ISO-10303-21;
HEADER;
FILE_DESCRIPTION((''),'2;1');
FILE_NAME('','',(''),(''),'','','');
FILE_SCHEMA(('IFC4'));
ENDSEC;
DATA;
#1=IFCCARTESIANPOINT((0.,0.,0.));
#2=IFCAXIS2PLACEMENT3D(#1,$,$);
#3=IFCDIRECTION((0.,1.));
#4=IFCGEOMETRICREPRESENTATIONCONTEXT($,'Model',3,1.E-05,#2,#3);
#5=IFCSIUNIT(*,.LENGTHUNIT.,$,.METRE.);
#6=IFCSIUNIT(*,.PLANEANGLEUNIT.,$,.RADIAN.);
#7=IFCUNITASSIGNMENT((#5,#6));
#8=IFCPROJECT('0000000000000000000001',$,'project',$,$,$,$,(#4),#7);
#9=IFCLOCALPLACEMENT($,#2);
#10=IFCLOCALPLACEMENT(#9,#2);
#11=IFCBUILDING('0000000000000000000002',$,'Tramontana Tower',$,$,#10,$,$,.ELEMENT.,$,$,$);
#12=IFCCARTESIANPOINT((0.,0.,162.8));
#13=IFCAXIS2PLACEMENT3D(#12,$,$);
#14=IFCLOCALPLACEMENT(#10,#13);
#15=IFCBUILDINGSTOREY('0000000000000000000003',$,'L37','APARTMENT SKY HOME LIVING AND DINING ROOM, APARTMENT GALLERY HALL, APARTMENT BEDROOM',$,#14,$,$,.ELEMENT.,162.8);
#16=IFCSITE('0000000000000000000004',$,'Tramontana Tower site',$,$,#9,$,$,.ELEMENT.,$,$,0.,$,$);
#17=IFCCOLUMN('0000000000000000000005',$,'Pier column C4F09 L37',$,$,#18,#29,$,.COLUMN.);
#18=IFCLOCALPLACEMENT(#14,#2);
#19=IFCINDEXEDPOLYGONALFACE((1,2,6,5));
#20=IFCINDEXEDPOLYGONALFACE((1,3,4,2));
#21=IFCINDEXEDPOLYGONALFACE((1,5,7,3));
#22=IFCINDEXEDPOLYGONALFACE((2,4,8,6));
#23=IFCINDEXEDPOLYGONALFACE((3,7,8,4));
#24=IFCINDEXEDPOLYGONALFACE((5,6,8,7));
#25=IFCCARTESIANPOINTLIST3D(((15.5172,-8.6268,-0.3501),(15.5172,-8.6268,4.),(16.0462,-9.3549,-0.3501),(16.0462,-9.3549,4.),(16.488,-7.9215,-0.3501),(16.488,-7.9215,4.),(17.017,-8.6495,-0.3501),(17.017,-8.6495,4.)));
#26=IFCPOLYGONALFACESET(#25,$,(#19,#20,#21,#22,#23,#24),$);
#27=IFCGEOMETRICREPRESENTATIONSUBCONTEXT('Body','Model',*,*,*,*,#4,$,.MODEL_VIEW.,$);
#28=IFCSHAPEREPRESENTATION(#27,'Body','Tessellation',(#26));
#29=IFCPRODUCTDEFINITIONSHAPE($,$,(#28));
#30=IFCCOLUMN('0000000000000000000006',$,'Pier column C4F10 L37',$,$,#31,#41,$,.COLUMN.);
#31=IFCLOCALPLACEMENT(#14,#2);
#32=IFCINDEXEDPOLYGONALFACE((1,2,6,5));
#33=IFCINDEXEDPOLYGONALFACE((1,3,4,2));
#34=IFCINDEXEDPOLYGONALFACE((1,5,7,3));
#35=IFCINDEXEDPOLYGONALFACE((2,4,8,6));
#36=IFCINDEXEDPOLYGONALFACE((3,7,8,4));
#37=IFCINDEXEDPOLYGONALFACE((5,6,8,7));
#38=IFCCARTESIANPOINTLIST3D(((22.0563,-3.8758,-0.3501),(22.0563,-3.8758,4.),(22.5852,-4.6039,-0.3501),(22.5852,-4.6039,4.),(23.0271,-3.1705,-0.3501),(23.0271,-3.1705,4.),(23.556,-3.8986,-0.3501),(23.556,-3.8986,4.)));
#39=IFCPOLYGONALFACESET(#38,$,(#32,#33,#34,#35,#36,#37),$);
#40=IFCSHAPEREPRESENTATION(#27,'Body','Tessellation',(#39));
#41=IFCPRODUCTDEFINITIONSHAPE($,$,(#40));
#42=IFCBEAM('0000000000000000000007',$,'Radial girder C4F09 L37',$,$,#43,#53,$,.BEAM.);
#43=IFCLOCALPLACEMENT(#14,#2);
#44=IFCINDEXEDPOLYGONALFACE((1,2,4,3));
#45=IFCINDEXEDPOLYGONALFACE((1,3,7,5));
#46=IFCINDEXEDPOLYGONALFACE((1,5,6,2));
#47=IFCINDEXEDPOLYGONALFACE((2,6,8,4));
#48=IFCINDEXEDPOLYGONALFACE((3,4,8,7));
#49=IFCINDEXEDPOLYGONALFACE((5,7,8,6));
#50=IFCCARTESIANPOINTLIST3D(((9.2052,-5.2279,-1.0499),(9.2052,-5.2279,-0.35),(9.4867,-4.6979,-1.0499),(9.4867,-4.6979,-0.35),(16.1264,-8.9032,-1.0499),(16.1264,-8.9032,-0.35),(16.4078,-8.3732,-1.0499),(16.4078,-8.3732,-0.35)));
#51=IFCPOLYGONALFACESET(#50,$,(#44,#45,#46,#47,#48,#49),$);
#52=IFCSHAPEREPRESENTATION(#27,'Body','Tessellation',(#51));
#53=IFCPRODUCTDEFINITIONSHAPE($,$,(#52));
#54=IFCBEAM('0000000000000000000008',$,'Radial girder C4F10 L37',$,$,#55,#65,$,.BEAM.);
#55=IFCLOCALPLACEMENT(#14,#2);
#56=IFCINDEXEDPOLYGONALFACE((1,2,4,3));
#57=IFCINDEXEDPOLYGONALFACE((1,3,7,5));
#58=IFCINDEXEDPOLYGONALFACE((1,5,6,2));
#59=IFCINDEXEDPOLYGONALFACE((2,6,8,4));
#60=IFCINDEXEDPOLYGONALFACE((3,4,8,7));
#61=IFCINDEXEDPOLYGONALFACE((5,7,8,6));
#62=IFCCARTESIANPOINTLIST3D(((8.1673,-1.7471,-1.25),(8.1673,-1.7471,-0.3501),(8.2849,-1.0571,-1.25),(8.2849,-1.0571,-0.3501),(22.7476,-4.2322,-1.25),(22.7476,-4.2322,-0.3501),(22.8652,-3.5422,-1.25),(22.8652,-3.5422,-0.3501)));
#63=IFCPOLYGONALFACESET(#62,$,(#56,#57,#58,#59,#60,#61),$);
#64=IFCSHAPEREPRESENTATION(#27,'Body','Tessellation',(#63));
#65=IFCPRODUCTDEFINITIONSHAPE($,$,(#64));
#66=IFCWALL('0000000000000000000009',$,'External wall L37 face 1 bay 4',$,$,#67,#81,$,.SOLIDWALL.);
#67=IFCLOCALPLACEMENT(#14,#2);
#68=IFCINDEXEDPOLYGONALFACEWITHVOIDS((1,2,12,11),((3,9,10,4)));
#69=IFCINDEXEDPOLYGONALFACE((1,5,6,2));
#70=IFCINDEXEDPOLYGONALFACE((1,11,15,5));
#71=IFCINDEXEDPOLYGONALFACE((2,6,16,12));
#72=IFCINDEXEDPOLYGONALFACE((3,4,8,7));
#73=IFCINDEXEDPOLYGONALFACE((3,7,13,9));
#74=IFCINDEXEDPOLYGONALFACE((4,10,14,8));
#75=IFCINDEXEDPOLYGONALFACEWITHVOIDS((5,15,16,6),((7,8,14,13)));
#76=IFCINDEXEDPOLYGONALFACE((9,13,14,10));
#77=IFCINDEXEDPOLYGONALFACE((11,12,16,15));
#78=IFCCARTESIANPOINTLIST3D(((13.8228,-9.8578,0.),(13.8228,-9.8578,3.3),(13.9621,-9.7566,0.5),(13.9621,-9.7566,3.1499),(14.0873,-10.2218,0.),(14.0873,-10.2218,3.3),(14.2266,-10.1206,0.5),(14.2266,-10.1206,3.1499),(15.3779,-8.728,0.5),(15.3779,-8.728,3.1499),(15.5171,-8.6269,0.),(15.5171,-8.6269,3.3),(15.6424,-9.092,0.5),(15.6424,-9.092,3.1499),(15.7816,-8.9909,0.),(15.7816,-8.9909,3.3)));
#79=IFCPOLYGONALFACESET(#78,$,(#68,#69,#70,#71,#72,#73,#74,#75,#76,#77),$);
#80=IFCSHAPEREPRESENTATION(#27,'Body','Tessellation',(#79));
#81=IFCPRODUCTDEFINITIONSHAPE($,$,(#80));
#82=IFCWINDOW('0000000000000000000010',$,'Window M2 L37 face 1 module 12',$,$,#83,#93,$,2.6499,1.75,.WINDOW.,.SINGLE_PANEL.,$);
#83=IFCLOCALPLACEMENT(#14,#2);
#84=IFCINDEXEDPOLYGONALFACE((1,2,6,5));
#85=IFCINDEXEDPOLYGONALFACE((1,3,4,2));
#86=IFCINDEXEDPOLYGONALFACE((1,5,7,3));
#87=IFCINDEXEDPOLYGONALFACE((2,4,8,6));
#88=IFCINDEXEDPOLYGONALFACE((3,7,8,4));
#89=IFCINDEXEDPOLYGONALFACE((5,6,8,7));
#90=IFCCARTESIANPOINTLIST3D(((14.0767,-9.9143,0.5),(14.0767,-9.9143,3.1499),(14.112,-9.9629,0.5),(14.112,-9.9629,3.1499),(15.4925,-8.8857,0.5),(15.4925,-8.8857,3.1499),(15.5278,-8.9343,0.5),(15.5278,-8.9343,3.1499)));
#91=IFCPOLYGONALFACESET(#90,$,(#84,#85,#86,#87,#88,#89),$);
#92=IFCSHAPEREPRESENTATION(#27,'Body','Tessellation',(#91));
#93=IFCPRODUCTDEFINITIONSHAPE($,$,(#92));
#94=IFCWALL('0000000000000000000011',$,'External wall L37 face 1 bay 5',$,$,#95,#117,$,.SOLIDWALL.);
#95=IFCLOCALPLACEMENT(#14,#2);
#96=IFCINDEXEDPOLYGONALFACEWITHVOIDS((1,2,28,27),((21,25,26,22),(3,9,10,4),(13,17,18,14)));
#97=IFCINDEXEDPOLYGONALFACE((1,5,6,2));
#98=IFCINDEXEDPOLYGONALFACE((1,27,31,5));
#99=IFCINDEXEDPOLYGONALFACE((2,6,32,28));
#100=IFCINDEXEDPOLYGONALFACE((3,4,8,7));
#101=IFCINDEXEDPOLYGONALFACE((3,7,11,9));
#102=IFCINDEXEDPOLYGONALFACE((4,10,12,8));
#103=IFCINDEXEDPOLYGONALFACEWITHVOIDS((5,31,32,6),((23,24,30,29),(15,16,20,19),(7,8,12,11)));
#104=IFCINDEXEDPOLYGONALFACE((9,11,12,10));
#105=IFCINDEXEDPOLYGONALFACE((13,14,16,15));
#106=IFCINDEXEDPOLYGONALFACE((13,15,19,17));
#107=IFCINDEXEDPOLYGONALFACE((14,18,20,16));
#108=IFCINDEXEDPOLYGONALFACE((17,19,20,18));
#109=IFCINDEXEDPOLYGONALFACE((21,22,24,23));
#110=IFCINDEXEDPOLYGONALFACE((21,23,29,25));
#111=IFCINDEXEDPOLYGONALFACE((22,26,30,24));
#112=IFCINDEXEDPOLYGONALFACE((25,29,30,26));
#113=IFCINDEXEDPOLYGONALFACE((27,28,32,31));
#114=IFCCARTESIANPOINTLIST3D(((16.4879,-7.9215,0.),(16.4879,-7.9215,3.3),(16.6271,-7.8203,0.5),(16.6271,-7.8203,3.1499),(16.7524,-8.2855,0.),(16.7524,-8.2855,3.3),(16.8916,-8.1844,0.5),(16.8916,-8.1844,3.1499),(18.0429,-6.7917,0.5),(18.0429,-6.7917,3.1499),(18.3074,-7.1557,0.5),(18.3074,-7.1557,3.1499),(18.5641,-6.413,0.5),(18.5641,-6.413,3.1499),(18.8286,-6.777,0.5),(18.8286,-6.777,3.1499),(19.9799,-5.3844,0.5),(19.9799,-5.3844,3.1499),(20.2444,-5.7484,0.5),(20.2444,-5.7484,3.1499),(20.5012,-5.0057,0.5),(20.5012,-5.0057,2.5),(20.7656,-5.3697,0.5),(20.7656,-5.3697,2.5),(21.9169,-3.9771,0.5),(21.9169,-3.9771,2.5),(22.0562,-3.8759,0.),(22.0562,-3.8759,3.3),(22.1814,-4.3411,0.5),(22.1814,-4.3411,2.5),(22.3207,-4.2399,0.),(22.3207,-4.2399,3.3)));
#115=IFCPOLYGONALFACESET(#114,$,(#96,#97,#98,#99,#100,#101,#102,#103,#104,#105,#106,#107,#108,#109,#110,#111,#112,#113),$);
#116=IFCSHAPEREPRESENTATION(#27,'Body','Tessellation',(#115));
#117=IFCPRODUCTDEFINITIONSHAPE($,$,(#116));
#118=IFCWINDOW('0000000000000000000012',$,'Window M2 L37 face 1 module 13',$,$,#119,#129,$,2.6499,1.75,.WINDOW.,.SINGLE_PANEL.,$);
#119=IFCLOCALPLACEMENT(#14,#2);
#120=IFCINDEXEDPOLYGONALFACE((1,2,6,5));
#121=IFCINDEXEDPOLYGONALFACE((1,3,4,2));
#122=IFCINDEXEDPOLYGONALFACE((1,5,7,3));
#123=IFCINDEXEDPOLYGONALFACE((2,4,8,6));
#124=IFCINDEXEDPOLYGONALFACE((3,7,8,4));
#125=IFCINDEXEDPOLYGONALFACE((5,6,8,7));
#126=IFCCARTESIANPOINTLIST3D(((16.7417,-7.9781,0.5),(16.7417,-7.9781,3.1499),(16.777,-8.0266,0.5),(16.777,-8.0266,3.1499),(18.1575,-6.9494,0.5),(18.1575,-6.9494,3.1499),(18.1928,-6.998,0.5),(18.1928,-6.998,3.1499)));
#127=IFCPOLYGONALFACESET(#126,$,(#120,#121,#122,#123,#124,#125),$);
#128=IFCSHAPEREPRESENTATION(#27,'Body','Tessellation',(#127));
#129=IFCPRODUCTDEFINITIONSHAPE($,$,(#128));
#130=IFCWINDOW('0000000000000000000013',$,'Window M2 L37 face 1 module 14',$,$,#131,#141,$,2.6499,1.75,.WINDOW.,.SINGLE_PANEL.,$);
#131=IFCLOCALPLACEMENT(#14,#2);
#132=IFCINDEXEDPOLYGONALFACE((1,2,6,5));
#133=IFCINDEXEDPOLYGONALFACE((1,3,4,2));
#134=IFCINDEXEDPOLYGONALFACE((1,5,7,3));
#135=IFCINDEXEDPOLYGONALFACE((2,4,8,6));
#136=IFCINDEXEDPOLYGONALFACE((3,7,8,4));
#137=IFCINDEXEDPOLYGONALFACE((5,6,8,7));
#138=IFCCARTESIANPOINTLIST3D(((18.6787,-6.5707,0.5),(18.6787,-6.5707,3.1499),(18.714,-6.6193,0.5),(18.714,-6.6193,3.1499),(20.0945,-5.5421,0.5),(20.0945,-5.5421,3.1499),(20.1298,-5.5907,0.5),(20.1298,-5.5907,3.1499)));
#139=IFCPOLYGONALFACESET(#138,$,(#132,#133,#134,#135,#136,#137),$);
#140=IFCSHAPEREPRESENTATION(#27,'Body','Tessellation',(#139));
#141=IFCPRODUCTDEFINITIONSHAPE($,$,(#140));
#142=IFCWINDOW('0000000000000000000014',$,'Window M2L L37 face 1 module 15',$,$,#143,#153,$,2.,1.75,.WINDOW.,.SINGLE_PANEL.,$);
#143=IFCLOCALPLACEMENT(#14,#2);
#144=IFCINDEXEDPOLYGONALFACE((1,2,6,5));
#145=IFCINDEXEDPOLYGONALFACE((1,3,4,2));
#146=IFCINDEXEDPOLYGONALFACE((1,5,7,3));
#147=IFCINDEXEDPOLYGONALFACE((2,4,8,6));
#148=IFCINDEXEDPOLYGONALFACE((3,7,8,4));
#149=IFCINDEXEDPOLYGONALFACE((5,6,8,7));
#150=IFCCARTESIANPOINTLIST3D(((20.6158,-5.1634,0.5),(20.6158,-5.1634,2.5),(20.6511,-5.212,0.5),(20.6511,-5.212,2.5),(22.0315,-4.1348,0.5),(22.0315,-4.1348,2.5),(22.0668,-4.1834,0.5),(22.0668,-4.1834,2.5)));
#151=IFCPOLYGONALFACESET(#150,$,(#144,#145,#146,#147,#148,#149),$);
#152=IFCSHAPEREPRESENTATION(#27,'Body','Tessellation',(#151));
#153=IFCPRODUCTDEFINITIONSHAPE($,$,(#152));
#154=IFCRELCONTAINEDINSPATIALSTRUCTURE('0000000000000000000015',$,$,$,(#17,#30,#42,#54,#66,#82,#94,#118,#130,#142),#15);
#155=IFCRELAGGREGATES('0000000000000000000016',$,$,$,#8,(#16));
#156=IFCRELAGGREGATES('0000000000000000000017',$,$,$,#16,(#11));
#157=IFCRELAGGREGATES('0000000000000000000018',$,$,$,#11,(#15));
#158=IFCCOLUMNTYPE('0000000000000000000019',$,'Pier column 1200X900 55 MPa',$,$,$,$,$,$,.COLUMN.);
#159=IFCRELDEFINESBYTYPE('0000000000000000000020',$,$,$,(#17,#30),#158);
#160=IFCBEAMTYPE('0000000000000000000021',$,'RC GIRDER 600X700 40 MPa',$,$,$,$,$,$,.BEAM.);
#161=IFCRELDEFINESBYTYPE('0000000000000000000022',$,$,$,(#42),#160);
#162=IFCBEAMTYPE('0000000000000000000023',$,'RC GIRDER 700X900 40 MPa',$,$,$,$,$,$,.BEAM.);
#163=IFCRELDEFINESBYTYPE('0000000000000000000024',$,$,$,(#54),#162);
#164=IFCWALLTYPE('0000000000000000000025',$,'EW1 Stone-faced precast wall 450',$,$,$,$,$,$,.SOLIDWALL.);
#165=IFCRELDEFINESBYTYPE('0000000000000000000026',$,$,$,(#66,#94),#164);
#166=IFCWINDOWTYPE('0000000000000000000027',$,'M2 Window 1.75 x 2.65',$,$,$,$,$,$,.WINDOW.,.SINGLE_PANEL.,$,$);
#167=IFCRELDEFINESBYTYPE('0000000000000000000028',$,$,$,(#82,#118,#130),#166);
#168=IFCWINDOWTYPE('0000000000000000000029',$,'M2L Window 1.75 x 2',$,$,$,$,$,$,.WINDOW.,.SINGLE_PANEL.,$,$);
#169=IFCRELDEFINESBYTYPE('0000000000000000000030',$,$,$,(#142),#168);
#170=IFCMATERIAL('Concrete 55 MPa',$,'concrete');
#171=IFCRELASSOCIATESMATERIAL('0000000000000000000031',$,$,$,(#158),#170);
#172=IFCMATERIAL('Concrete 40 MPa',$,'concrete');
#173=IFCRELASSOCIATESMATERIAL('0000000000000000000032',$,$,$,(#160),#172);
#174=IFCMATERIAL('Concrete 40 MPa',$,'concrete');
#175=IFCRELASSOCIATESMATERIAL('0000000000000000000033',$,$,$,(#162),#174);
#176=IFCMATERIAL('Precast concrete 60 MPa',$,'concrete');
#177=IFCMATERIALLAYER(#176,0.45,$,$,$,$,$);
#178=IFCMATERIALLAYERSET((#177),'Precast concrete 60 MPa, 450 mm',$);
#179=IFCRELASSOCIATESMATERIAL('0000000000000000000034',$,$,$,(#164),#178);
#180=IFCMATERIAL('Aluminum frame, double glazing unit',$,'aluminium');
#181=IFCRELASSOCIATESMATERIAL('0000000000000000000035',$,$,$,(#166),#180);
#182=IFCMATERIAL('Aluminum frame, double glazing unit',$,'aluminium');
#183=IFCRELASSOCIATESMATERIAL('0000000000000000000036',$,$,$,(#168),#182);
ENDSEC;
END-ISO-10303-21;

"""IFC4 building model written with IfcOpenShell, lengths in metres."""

from ifc_helpers import new_model, si_unit, direction, frame, frame_2d, origin, origin_2d, place, context, subcontext, project, spatial, rectangle, extrude, material, layer, layer_set, material_profile, profile_set, type_object, element, fill, save


model = new_model("IFC4")

# Units and contexts
model_context = context("Model", 3, precision=1e-05, world=origin(), true_north=direction((0.0, 1.0)))
body_context = subcontext(model_context, "Body", "Model", "MODEL_VIEW")
ifc_project = project(units=[si_unit("LENGTHUNIT", "METRE"), si_unit("PLANEANGLEUNIT", "RADIAN")], contexts=[model_context])

# Site, building, storey
site_placement = place(None, origin())
site = spatial("IfcSite", under=ifc_project, at=site_placement, Name="Tramontana Tower site", CompositionType="ELEMENT", RefElevation=0.0)
building_placement = place(site_placement, origin())
building = spatial("IfcBuilding", under=site, at=building_placement, Name="Tramontana Tower", CompositionType="ELEMENT")
storey_placement = place(building_placement, frame((0.0, 0.0, 162.8)))
storey = spatial("IfcBuildingStorey", under=building, at=storey_placement, Name="L37", Description="APARTMENT SKY HOME LIVING AND DINING ROOM, APARTMENT GALLERY HALL, APARTMENT BEDROOM", CompositionType="ELEMENT", Elevation=162.8)

# Columns
ifc_material_1 = material(Name="Concrete 55 MPa", Category="concrete")
ifc_material_profile_1 = material_profile(ifc_material_1, rectangle(XDim=1.2, YDim=0.8999, at=origin_2d()), Name="Pier column 1200X900 55 MPa")
ifc_profile_set_1 = profile_set([ifc_material_profile_1], Name="Concrete 55 MPa")
column_type = type_object("IfcColumnType", Name="Pier column 1200X900 55 MPa", PredefinedType="COLUMN", material=ifc_profile_set_1)
for number, where, z_axis, x_axis, name in (
    (1, (16.2671, -8.6382, -0.3501), (0.0, 0.0, 1.0), (0.809017, 0.587785, 0.0), "Pier column C4F09 L37"),
    (2, (22.8062, -3.8872, -0.3501), (0.0, 0.0, 1.0), (0.809017, 0.587785, 0.0), "Pier column C4F10 L37"),
):
    element("IfcColumn", number, at=place(storey_placement, frame(where, z_axis=z_axis, x_axis=x_axis)), inside=storey, type_object=column_type, Name=name, PredefinedType="COLUMN", context=body_context, shape_type="SweptSolid", body=[
        extrude(rectangle(XDim=1.2, YDim=0.8999, at=origin_2d()), origin(), (0.0, 0.0, 1.0), 4.3501),
    ])

# Beams
ifc_material_2 = material(Name="Concrete 40 MPa", Category="concrete")
ifc_material_profile_2 = material_profile(ifc_material_2, rectangle(XDim=0.6001, YDim=0.7, at=origin_2d()), Name="RC GIRDER 600X700 40 MPa")
ifc_profile_set_2 = profile_set([ifc_material_profile_2], Name="Concrete 40 MPa")
beam_type_1 = type_object("IfcBeamType", Name="RC GIRDER 600X700 40 MPa", PredefinedType="BEAM", material=ifc_profile_set_2)
beam_1_placement = place(storey_placement, frame((16.2671, -8.6382, -0.7), z_axis=(-0.883198, 0.469, 0.0), x_axis=(-0.469, -0.883198, 0.0)))
element("IfcBeam", 3, at=beam_1_placement, inside=storey, type_object=beam_type_1, Name="Radial girder C4F09 L37", PredefinedType="BEAM", context=body_context, shape_type="SweptSolid", body=[
    extrude(rectangle(XDim=0.6001, YDim=0.7, at=origin_2d()), origin(), (0.0, 0.0, 1.0), 7.8364),
])
ifc_material_3 = material(Name="Concrete 40 MPa", Category="concrete")
ifc_material_profile_3 = material_profile(ifc_material_3, rectangle(XDim=0.7, YDim=0.8999, at=origin_2d()), Name="RC GIRDER 700X900 40 MPa")
ifc_profile_set_3 = profile_set([ifc_material_profile_3], Name="Concrete 40 MPa")
beam_type_2 = type_object("IfcBeamType", Name="RC GIRDER 700X900 40 MPa", PredefinedType="BEAM", material=ifc_profile_set_3)
beam_2_placement = place(storey_placement, frame((22.8064, -3.8872, -0.8), z_axis=(-0.985784, 0.168019, 0.0), x_axis=(-0.168019, -0.985784, 0.0)))
element("IfcBeam", 4, at=beam_2_placement, inside=storey, type_object=beam_type_2, Name="Radial girder C4F10 L37", PredefinedType="BEAM", context=body_context, shape_type="SweptSolid", body=[
    extrude(rectangle(XDim=0.7, YDim=0.8999, at=origin_2d()), origin(), (0.0, 0.0, 1.0), 14.7905),
])

# Wall, opening, window
ifc_material_4 = material(Name="Precast concrete 60 MPa", Category="concrete")
ifc_layer_1 = layer(ifc_material_4, 0.45)
ifc_layer_set_1 = layer_set([ifc_layer_1], Name="Precast concrete 60 MPa, 450 mm")
wall_type_1 = type_object("IfcWallType", Name="EW1 Stone-faced precast wall 450", PredefinedType="SOLIDWALL", material=ifc_layer_set_1)
wall_1_placement = place(storey_placement, frame((13.9551, -10.0398, 0.0), z_axis=(0.0, 0.0, 1.0), x_axis=(0.809028, 0.58777, 0.0)))
wall_1 = element("IfcWall", 5, at=wall_1_placement, inside=storey, type_object=wall_type_1, Name="External wall L37 face 1 bay 4", PredefinedType="SOLIDWALL", context=body_context, shape_type="SweptSolid", body=[
    extrude(rectangle(XDim=2.0942, YDim=0.45, at=frame_2d((1.0471, 0.0))), origin(), (0.0, 0.0, 1.0), 3.3),
])
opening_1_placement = place(wall_1_placement, frame((0.1721, 0.0, 0.5)))
opening_1 = element("IfcOpeningElement", 6, at=opening_1_placement, cuts=wall_1, PredefinedType="OPENING", context=body_context, shape_type="SweptSolid", body=[
    extrude(rectangle(XDim=1.75, YDim=2.6499, at=frame_2d((0.875, 1.325))), frame((0.0, 0.2349, 0.0), z_axis=(0.0, -1.0, 0.0), x_axis=(1.0, 0.0, 0.0)), (0.0, 0.0, 1.0), 0.47),
])
ifc_material_5 = material(Name="Aluminum frame, double glazing unit", Category="aluminium")
window_type_1 = type_object("IfcWindowType", Name="M2 Window 1.75 x 2.65", PartitioningType="SINGLE_PANEL", PredefinedType="WINDOW", material=ifc_material_5)
window_1_placement = place(opening_1_placement, origin())
window_1 = element("IfcWindow", 7, at=window_1_placement, inside=storey, type_object=window_type_1, Name="Window M2 L37 face 1 module 12", OverallHeight=2.6499, OverallWidth=1.75, PartitioningType="SINGLE_PANEL", PredefinedType="WINDOW", context=body_context, shape_type="SweptSolid", body=[
    extrude(rectangle(XDim=1.75, YDim=2.6499, at=frame_2d((0.875, 1.325))), frame((0.0, 0.03, 0.0), z_axis=(0.0, -1.0, 0.0), x_axis=(1.0, 0.0, 0.0)), (0.0, 0.0, 1.0), 0.0601),
])
fill(opening_1, window_1)

# Wall, openings, windows
wall_2_placement = place(storey_placement, frame((16.6201, -8.1035, 0.0), z_axis=(0.0, 0.0, 1.0), x_axis=(0.809017, 0.587786, 0.0)))
wall_2 = element("IfcWall", 8, at=wall_2_placement, inside=storey, type_object=wall_type_1, Name="External wall L37 face 1 bay 5", PredefinedType="SOLIDWALL", context=body_context, shape_type="SweptSolid", body=[
    extrude(rectangle(XDim=6.8828, YDim=0.45, at=frame_2d((3.4414, 0.0))), origin(), (0.0, 0.0, 1.0), 3.3),
])
opening_2_placement = place(wall_2_placement, frame((0.1721, 0.0, 0.5)))
opening_2 = element("IfcOpeningElement", 9, at=opening_2_placement, cuts=wall_2, PredefinedType="OPENING", context=body_context, shape_type="SweptSolid", body=[
    extrude(rectangle(XDim=1.75, YDim=2.6499, at=frame_2d((0.875, 1.325))), frame((0.0, 0.2349, 0.0), z_axis=(0.0, -1.0, 0.0), x_axis=(1.0, 0.0, 0.0)), (0.0, 0.0, 1.0), 0.47),
])
opening_3_placement = place(wall_2_placement, frame((2.5664, 0.0, 0.5)))
opening_3 = element("IfcOpeningElement", 10, at=opening_3_placement, cuts=wall_2, PredefinedType="OPENING", context=body_context, shape_type="SweptSolid", body=[
    extrude(rectangle(XDim=1.75, YDim=2.6499, at=frame_2d((0.875, 1.325))), frame((0.0, 0.2349, 0.0), z_axis=(0.0, -1.0, 0.0), x_axis=(1.0, 0.0, 0.0)), (0.0, 0.0, 1.0), 0.47),
])
opening_4_placement = place(wall_2_placement, frame((4.9607, 0.0, 0.5)))
opening_4 = element("IfcOpeningElement", 11, at=opening_4_placement, cuts=wall_2, PredefinedType="OPENING", context=body_context, shape_type="SweptSolid", body=[
    extrude(rectangle(XDim=1.75, YDim=2.0, at=frame_2d((0.875, 1.0))), frame((0.0, 0.2349, 0.0), z_axis=(0.0, -1.0, 0.0), x_axis=(1.0, 0.0, 0.0)), (0.0, 0.0, 1.0), 0.47),
])
window_2_placement = place(opening_2_placement, origin())
window_2 = element("IfcWindow", 12, at=window_2_placement, inside=storey, type_object=window_type_1, Name="Window M2 L37 face 1 module 13", OverallHeight=2.6499, OverallWidth=1.75, PartitioningType="SINGLE_PANEL", PredefinedType="WINDOW", context=body_context, shape_type="SweptSolid", body=[
    extrude(rectangle(XDim=1.75, YDim=2.6499, at=frame_2d((0.875, 1.325))), frame((0.0, 0.03, 0.0), z_axis=(0.0, -1.0, 0.0), x_axis=(1.0, 0.0, 0.0)), (0.0, 0.0, 1.0), 0.0601),
])
fill(opening_2, window_2)
window_3_placement = place(opening_3_placement, origin())
window_3 = element("IfcWindow", 13, at=window_3_placement, inside=storey, type_object=window_type_1, Name="Window M2 L37 face 1 module 14", OverallHeight=2.6499, OverallWidth=1.75, PartitioningType="SINGLE_PANEL", PredefinedType="WINDOW", context=body_context, shape_type="SweptSolid", body=[
    extrude(rectangle(XDim=1.75, YDim=2.6499, at=frame_2d((0.875, 1.325))), frame((0.0, 0.03, 0.0), z_axis=(0.0, -1.0, 0.0), x_axis=(1.0, 0.0, 0.0)), (0.0, 0.0, 1.0), 0.0601),
])
fill(opening_3, window_3)
ifc_material_6 = material(Name="Aluminum frame, double glazing unit", Category="aluminium")
window_type_2 = type_object("IfcWindowType", Name="M2L Window 1.75 x 2", PartitioningType="SINGLE_PANEL", PredefinedType="WINDOW", material=ifc_material_6)
window_4_placement = place(opening_4_placement, origin())
window_4 = element("IfcWindow", 14, at=window_4_placement, inside=storey, type_object=window_type_2, Name="Window M2L L37 face 1 module 15", OverallHeight=2.0, OverallWidth=1.75, PartitioningType="SINGLE_PANEL", PredefinedType="WINDOW", context=body_context, shape_type="SweptSolid", body=[
    extrude(rectangle(XDim=1.75, YDim=2.0, at=frame_2d((0.875, 1.0))), frame((0.0, 0.03, 0.0), z_axis=(0.0, -1.0, 0.0), x_axis=(1.0, 0.0, 0.0)), (0.0, 0.0, 1.0), 0.0601),
])
fill(opening_4, window_4)

save(model, "model.ifc")
